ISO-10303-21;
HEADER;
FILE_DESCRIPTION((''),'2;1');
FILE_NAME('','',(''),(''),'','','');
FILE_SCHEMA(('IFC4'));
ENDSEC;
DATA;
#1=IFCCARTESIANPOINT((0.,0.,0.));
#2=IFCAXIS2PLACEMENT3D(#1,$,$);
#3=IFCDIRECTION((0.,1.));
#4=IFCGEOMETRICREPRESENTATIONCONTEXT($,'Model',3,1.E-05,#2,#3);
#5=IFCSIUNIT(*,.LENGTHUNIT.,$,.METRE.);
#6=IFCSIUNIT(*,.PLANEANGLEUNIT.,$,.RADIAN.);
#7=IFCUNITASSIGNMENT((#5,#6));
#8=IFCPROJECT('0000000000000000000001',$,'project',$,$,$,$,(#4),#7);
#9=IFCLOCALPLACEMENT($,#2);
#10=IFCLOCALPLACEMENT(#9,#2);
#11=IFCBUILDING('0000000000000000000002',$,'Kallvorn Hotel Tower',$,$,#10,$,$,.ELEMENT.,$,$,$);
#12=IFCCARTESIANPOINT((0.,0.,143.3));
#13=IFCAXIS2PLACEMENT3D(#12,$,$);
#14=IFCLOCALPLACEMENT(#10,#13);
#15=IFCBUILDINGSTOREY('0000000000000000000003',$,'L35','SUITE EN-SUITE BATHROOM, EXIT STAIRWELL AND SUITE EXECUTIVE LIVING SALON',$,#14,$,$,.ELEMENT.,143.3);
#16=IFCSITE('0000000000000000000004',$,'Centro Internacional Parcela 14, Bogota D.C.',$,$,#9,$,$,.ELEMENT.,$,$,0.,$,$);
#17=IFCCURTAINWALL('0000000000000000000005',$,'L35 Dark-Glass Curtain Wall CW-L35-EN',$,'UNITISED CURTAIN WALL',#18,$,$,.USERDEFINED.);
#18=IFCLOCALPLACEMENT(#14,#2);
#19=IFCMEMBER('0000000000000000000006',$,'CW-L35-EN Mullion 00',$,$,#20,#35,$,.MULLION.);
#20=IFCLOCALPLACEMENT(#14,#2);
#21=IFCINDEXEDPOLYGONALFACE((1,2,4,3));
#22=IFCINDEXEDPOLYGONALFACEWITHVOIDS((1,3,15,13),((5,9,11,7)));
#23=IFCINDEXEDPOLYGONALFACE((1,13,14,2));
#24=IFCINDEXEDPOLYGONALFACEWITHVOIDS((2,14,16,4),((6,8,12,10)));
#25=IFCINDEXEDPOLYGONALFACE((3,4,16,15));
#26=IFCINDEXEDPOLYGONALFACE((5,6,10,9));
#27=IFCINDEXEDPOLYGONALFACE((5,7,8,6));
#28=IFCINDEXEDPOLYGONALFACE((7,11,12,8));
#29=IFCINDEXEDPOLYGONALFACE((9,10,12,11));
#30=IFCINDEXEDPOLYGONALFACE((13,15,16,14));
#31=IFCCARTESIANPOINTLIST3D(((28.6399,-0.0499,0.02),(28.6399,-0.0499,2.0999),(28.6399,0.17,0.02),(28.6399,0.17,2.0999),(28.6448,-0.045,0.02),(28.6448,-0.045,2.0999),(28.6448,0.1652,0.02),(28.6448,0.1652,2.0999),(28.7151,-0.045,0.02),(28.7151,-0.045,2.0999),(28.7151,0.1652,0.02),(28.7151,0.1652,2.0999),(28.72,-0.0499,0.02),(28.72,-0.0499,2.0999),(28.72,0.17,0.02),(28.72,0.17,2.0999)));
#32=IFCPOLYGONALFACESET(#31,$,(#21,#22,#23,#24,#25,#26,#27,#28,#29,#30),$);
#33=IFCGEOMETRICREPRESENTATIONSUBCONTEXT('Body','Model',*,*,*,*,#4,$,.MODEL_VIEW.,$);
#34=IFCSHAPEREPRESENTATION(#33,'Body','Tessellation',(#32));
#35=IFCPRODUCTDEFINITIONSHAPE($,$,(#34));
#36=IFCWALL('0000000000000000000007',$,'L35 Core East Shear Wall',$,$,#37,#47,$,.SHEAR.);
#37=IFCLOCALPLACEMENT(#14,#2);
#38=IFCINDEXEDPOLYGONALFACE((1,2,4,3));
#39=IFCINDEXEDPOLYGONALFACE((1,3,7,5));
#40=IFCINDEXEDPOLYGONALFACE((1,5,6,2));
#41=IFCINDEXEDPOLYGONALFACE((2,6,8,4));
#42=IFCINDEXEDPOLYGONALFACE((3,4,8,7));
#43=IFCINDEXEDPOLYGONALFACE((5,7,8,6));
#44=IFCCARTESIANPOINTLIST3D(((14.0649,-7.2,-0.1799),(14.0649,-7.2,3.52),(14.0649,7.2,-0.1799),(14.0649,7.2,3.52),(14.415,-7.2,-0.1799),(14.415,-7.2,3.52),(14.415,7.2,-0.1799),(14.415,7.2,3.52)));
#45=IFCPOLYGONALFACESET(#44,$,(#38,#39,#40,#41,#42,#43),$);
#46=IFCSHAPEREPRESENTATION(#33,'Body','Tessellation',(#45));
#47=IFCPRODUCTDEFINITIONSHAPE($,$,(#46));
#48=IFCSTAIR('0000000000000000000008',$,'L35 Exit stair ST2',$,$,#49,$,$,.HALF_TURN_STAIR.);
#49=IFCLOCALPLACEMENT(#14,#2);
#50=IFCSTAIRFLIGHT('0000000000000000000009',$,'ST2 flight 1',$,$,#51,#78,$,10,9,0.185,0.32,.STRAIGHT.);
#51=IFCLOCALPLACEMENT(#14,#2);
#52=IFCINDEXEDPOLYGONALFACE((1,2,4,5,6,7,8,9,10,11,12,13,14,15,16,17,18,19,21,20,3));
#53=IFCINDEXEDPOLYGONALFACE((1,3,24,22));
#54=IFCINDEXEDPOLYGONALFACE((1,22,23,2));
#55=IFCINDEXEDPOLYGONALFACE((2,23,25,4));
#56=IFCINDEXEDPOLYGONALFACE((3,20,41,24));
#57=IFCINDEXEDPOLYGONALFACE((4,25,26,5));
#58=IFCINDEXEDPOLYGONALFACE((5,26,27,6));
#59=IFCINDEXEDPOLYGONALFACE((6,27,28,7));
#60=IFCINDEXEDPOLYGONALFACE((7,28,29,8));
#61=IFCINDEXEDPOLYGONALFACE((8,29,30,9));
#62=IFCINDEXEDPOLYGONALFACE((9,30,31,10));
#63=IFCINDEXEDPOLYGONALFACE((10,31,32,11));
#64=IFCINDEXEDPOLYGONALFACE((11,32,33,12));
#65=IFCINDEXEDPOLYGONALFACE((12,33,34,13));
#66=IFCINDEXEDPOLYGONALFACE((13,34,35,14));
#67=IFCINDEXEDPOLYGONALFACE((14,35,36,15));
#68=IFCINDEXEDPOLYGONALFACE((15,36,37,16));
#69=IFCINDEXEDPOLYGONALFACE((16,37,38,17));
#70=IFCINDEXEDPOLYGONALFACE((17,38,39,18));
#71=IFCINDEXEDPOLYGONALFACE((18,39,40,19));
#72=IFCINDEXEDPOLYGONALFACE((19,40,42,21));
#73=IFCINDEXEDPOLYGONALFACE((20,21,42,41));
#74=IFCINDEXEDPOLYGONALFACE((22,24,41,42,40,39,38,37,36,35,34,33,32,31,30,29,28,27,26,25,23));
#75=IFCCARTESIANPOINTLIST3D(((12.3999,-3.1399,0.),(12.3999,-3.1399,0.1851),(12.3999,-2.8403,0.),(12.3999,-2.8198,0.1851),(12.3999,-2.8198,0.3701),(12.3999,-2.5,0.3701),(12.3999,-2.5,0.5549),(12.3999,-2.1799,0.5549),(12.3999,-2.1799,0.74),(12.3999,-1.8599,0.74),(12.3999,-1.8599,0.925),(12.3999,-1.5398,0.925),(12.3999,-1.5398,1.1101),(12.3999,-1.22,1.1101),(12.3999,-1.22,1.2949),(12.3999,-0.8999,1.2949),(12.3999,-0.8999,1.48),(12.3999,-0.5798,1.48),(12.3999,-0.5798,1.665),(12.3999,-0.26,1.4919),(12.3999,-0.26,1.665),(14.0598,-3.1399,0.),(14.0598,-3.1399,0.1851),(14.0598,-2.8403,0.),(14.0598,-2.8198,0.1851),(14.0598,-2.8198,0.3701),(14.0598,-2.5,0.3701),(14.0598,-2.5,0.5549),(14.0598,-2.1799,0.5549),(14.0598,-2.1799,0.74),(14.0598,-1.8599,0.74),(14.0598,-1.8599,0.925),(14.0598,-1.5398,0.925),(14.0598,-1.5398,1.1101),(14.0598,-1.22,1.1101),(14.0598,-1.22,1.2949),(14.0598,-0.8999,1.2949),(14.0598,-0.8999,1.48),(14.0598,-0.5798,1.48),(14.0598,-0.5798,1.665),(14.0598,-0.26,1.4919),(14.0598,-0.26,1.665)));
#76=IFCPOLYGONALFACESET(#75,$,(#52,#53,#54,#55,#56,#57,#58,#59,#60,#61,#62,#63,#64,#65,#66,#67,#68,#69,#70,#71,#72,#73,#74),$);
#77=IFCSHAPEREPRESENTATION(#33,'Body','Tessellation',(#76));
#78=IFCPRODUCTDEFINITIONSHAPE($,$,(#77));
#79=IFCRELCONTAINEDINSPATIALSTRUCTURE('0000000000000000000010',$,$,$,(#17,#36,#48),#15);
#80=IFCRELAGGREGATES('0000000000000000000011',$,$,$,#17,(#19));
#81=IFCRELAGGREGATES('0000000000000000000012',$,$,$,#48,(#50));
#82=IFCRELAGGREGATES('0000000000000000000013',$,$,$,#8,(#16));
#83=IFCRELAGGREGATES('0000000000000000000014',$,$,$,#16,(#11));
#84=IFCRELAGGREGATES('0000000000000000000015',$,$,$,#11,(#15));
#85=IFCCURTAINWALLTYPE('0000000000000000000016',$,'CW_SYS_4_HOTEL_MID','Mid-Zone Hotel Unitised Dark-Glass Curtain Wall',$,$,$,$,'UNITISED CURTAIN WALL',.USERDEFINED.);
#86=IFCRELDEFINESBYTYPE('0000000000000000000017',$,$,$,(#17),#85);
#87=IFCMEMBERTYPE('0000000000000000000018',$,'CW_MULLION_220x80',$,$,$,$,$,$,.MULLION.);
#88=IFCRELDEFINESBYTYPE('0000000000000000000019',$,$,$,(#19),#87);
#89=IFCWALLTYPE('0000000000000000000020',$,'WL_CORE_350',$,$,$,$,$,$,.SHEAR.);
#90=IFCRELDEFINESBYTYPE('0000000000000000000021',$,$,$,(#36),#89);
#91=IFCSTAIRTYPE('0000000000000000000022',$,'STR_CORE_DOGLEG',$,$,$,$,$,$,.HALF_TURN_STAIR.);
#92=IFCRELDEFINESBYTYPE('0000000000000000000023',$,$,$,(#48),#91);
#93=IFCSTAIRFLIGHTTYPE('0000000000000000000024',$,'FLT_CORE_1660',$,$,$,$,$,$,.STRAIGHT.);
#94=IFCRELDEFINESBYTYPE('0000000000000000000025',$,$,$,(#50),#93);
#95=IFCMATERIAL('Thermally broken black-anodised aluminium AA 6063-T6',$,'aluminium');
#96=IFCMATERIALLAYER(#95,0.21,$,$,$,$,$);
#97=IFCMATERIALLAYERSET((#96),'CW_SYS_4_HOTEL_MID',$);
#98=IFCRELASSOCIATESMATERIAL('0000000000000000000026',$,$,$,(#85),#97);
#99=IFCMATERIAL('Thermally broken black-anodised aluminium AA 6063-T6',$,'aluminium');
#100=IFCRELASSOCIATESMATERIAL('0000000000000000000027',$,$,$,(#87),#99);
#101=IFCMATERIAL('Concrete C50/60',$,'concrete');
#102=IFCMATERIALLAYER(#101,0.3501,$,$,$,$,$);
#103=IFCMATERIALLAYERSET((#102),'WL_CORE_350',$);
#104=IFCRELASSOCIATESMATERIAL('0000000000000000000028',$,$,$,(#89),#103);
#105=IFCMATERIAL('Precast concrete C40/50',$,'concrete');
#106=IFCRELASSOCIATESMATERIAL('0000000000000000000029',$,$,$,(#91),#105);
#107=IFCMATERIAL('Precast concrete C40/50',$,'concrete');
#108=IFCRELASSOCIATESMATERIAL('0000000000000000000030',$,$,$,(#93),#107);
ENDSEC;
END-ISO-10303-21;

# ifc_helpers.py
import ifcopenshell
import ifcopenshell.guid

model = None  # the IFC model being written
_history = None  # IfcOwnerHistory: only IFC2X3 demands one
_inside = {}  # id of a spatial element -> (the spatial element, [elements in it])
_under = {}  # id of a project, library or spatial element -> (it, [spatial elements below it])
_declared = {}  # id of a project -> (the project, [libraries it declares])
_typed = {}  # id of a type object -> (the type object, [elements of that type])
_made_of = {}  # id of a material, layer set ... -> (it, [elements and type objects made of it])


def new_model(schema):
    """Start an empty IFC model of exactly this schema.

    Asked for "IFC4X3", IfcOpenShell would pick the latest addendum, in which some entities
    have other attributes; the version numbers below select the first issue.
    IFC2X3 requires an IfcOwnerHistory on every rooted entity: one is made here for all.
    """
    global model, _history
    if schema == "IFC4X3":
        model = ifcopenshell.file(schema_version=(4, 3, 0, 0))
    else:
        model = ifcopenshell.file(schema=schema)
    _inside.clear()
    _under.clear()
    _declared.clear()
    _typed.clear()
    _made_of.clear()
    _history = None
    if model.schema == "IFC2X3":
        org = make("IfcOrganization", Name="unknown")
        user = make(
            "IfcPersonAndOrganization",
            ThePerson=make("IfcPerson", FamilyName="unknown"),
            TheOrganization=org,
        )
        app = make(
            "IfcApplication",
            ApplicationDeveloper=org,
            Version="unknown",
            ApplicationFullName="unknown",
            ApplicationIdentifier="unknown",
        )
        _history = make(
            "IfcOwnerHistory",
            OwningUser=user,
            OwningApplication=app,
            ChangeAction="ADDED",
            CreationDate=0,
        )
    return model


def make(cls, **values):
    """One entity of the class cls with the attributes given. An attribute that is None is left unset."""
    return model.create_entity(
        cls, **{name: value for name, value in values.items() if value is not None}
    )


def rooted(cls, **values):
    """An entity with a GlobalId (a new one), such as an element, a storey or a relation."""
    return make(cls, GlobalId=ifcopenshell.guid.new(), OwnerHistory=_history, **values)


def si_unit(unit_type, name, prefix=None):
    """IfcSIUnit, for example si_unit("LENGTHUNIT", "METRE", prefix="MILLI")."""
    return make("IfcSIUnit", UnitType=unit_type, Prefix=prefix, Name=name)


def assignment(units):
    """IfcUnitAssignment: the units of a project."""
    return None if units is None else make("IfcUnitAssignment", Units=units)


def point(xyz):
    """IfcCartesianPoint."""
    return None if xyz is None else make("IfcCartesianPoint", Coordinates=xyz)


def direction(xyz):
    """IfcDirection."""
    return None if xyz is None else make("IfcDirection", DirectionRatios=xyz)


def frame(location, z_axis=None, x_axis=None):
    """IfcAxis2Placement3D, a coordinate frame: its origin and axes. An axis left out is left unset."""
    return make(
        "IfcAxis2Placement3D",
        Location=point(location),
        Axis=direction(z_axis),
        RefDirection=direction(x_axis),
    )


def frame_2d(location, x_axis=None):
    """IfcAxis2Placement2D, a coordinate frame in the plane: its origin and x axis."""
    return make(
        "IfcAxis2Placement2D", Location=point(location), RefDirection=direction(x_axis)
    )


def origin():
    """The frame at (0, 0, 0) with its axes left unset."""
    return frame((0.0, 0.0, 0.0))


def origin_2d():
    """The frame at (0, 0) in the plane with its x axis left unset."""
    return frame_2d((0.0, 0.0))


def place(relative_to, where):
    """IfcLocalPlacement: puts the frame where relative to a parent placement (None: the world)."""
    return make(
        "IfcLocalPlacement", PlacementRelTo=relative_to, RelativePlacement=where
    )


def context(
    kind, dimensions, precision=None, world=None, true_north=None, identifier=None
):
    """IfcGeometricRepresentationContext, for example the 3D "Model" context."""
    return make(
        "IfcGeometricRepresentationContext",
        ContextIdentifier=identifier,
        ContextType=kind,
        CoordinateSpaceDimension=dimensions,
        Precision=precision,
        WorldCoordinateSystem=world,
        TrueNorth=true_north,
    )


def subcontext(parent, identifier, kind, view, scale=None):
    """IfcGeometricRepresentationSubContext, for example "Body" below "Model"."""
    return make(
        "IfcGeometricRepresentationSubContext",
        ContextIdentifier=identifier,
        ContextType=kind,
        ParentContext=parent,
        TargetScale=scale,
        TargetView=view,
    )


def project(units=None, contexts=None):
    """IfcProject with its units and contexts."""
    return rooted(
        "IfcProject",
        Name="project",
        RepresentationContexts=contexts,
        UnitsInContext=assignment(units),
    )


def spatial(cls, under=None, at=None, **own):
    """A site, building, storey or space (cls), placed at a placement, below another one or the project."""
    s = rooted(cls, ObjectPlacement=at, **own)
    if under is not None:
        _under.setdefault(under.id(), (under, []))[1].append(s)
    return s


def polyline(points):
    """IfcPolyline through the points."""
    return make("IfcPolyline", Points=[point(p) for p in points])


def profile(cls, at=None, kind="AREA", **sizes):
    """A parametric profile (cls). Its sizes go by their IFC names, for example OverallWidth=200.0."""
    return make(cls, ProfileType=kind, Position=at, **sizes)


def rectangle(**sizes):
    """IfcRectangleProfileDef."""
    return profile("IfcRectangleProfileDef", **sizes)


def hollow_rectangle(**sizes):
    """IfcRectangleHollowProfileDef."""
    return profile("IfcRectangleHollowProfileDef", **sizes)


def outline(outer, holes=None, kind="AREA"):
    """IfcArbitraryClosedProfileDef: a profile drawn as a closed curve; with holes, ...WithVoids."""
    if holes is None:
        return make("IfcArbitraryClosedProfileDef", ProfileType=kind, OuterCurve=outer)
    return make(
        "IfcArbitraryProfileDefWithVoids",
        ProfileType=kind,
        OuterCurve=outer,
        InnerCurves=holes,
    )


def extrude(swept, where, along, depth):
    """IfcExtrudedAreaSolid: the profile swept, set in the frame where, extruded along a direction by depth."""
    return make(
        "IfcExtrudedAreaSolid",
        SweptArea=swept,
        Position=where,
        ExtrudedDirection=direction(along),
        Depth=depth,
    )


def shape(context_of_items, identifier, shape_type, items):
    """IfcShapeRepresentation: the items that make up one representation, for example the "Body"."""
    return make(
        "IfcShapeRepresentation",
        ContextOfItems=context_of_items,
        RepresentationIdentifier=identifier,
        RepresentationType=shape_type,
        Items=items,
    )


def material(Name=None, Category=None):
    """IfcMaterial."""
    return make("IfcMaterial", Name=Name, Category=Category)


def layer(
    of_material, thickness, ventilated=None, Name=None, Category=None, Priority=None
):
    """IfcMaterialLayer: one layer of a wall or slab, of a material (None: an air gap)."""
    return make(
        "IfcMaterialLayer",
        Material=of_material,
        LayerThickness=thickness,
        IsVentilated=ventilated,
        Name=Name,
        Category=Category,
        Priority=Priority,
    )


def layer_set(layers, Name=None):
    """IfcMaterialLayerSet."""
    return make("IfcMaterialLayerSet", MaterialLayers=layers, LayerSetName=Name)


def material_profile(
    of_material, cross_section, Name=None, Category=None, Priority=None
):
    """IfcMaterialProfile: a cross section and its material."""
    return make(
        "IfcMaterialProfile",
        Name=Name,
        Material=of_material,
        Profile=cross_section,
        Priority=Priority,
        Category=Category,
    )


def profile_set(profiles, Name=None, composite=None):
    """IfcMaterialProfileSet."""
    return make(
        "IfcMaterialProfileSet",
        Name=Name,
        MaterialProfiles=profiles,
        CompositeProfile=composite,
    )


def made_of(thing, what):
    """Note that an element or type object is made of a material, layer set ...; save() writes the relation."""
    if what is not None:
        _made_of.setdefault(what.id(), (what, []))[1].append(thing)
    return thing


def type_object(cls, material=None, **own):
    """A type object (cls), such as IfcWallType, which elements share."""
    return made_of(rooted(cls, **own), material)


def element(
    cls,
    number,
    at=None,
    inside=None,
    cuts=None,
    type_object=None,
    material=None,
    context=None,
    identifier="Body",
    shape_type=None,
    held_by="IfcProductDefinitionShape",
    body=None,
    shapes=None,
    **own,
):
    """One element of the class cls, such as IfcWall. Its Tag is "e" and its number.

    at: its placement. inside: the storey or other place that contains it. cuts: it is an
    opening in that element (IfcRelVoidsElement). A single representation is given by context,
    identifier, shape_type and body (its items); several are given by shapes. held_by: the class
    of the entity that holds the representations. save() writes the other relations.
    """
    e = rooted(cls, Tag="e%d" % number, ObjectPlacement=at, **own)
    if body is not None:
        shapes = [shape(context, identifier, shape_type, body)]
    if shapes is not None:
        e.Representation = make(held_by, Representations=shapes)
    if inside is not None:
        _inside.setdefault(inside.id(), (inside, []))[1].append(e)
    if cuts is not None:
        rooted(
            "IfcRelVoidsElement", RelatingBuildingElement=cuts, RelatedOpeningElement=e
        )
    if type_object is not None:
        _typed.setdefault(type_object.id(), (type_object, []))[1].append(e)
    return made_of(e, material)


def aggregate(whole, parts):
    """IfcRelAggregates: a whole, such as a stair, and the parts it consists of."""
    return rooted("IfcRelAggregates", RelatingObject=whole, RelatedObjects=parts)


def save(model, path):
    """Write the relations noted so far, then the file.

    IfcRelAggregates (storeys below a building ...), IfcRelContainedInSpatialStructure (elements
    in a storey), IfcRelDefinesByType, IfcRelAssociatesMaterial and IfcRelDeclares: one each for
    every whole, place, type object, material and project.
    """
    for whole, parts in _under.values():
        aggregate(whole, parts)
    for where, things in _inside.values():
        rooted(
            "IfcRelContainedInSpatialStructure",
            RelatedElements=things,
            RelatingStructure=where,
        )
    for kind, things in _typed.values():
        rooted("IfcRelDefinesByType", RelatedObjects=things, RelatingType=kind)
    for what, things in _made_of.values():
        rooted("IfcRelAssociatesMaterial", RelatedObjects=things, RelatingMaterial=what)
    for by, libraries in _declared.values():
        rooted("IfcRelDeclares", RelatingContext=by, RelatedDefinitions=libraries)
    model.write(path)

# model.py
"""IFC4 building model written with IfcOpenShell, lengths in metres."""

from ifc_helpers import new_model, si_unit, direction, frame, frame_2d, origin, origin_2d, place, context, subcontext, project, spatial, polyline, rectangle, hollow_rectangle, outline, extrude, material, layer, layer_set, material_profile, profile_set, type_object, element, aggregate, save


model = new_model("IFC4")

# Units and contexts
model_context = context("Model", 3, precision=1e-05, world=origin(), true_north=direction((0.0, 1.0)))
body_context = subcontext(model_context, "Body", "Model", "MODEL_VIEW")
ifc_project = project(units=[si_unit("LENGTHUNIT", "METRE"), si_unit("PLANEANGLEUNIT", "RADIAN")], contexts=[model_context])

# Site, building, storey
site_placement = place(None, origin())
site = spatial("IfcSite", under=ifc_project, at=site_placement, Name="Centro Internacional Parcela 14, Bogota D.C.", CompositionType="ELEMENT", RefElevation=0.0)
building_placement = place(site_placement, origin())
building = spatial("IfcBuilding", under=site, at=building_placement, Name="Kallvorn Hotel Tower", CompositionType="ELEMENT")
storey_placement = place(building_placement, frame((0.0, 0.0, 143.3)))
storey = spatial("IfcBuildingStorey", under=building, at=storey_placement, Name="L35", Description="SUITE EN-SUITE BATHROOM, EXIT STAIRWELL AND SUITE EXECUTIVE LIVING SALON", CompositionType="ELEMENT", Elevation=143.3)

# Curtain wall, member
ifc_material_1 = material(Name="Thermally broken black-anodised aluminium AA 6063-T6", Category="aluminium")
ifc_layer_1 = layer(ifc_material_1, 0.21)
ifc_layer_set_1 = layer_set([ifc_layer_1], Name="CW_SYS_4_HOTEL_MID")
curtain_wall_type = type_object("IfcCurtainWallType", Name="CW_SYS_4_HOTEL_MID", Description="Mid-Zone Hotel Unitised Dark-Glass Curtain Wall", ElementType="UNITISED CURTAIN WALL", PredefinedType="USERDEFINED", material=ifc_layer_set_1)
curtain_wall_placement = place(storey_placement, origin())
curtain_wall = element("IfcCurtainWall", 1, at=curtain_wall_placement, inside=storey, type_object=curtain_wall_type, Name="L35 Dark-Glass Curtain Wall CW-L35-EN", ObjectType="UNITISED CURTAIN WALL", PredefinedType="USERDEFINED")
ifc_material_2 = material(Name="Thermally broken black-anodised aluminium AA 6063-T6", Category="aluminium")
ifc_material_profile_1 = material_profile(ifc_material_2, hollow_rectangle(XDim=0.0801, YDim=0.22, WallThickness=0.0049, at=origin_2d()), Name="MUL 220x80")
ifc_profile_set_1 = profile_set([ifc_material_profile_1], Name="Thermally broken black-anodised aluminium AA 6063-T6")
member_type = type_object("IfcMemberType", Name="CW_MULLION_220x80", PredefinedType="MULLION", material=ifc_profile_set_1)
member_placement = place(storey_placement, frame((28.6799, 0.0601, 0.02), z_axis=(0.0, 0.0, 1.0), x_axis=(1.0, 0.0, 0.0)))
member = element("IfcMember", 2, at=member_placement, type_object=member_type, Name="CW-L35-EN Mullion 00", PredefinedType="MULLION", context=body_context, shape_type="SweptSolid", body=[
    extrude(hollow_rectangle(XDim=0.0801, YDim=0.22, WallThickness=0.0049, at=origin_2d()), origin(), (0.0, 0.0, 1.0), 2.0798),
])
aggregate(curtain_wall, [member])

# Wall
ifc_material_3 = material(Name="Concrete C50/60", Category="concrete")
ifc_layer_2 = layer(ifc_material_3, 0.3501)
ifc_layer_set_2 = layer_set([ifc_layer_2], Name="WL_CORE_350")
wall_type = type_object("IfcWallType", Name="WL_CORE_350", PredefinedType="SHEAR", material=ifc_layer_set_2)
wall_placement = place(storey_placement, frame((14.24, -7.2, -0.1799), z_axis=(0.0, 0.0, 1.0), x_axis=(0.0, 1.0, 0.0)))
element("IfcWall", 3, at=wall_placement, inside=storey, type_object=wall_type, Name="L35 Core East Shear Wall", PredefinedType="SHEAR", context=body_context, shape_type="SweptSolid", body=[
    extrude(rectangle(XDim=14.3999, YDim=0.3501, at=frame_2d((7.2, 0.0))), origin(), (0.0, 0.0, 1.0), 3.7),
])

# Stair, stair flight
ifc_material_4 = material(Name="Precast concrete C40/50", Category="concrete")
stair_type = type_object("IfcStairType", Name="STR_CORE_DOGLEG", PredefinedType="HALF_TURN_STAIR", material=ifc_material_4)
stair_placement = place(storey_placement, origin())
stair = element("IfcStair", 4, at=stair_placement, inside=storey, type_object=stair_type, Name="L35 Exit stair ST2", PredefinedType="HALF_TURN_STAIR")
ifc_material_5 = material(Name="Precast concrete C40/50", Category="concrete")
stair_flight_type = type_object("IfcStairFlightType", Name="FLT_CORE_1660", PredefinedType="STRAIGHT", material=ifc_material_5)
stair_flight_placement = place(storey_placement, frame((13.23, -3.1399, 0.0), z_axis=(0.0, 0.0, 1.0), x_axis=(0.0, 1.0, 0.0)))
stair_flight = element("IfcStairFlight", 5, at=stair_flight_placement, type_object=stair_flight_type, Name="ST2 flight 1", NumberOfRisers=10, NumberOfTreads=9, PredefinedType="STRAIGHT", RiserHeight=0.185, TreadLength=0.32, context=body_context, shape_type="SweptSolid", body=[
    extrude(outline(polyline([(0.0, 0.0), (0.0, 0.1851), (0.3201, 0.1851), (0.3201, 0.3701), (0.6399, 0.3701), (0.6399, 0.5549), (0.96, 0.5549), (0.96, 0.74), (1.28, 0.74), (1.28, 0.925), (1.6001, 0.925), (1.6001, 1.1101), (1.9199, 1.1101), (1.9199, 1.2949), (2.24, 1.2949), (2.24, 1.48), (2.5601, 1.48), (2.5601, 1.665), (2.8799, 1.665), (2.8799, 1.8501), (2.8799, 1.4919), (0.2996, 0.0), (0.0, 0.0)])), frame((0.0, 0.8301, 0.0), z_axis=(0.0, -1.0, 0.0), x_axis=(1.0, 0.0, 0.0)), (0.0, 0.0, 1.0), 1.6599),
])
aggregate(stair, [stair_flight])

save(model, "model.ifc")
